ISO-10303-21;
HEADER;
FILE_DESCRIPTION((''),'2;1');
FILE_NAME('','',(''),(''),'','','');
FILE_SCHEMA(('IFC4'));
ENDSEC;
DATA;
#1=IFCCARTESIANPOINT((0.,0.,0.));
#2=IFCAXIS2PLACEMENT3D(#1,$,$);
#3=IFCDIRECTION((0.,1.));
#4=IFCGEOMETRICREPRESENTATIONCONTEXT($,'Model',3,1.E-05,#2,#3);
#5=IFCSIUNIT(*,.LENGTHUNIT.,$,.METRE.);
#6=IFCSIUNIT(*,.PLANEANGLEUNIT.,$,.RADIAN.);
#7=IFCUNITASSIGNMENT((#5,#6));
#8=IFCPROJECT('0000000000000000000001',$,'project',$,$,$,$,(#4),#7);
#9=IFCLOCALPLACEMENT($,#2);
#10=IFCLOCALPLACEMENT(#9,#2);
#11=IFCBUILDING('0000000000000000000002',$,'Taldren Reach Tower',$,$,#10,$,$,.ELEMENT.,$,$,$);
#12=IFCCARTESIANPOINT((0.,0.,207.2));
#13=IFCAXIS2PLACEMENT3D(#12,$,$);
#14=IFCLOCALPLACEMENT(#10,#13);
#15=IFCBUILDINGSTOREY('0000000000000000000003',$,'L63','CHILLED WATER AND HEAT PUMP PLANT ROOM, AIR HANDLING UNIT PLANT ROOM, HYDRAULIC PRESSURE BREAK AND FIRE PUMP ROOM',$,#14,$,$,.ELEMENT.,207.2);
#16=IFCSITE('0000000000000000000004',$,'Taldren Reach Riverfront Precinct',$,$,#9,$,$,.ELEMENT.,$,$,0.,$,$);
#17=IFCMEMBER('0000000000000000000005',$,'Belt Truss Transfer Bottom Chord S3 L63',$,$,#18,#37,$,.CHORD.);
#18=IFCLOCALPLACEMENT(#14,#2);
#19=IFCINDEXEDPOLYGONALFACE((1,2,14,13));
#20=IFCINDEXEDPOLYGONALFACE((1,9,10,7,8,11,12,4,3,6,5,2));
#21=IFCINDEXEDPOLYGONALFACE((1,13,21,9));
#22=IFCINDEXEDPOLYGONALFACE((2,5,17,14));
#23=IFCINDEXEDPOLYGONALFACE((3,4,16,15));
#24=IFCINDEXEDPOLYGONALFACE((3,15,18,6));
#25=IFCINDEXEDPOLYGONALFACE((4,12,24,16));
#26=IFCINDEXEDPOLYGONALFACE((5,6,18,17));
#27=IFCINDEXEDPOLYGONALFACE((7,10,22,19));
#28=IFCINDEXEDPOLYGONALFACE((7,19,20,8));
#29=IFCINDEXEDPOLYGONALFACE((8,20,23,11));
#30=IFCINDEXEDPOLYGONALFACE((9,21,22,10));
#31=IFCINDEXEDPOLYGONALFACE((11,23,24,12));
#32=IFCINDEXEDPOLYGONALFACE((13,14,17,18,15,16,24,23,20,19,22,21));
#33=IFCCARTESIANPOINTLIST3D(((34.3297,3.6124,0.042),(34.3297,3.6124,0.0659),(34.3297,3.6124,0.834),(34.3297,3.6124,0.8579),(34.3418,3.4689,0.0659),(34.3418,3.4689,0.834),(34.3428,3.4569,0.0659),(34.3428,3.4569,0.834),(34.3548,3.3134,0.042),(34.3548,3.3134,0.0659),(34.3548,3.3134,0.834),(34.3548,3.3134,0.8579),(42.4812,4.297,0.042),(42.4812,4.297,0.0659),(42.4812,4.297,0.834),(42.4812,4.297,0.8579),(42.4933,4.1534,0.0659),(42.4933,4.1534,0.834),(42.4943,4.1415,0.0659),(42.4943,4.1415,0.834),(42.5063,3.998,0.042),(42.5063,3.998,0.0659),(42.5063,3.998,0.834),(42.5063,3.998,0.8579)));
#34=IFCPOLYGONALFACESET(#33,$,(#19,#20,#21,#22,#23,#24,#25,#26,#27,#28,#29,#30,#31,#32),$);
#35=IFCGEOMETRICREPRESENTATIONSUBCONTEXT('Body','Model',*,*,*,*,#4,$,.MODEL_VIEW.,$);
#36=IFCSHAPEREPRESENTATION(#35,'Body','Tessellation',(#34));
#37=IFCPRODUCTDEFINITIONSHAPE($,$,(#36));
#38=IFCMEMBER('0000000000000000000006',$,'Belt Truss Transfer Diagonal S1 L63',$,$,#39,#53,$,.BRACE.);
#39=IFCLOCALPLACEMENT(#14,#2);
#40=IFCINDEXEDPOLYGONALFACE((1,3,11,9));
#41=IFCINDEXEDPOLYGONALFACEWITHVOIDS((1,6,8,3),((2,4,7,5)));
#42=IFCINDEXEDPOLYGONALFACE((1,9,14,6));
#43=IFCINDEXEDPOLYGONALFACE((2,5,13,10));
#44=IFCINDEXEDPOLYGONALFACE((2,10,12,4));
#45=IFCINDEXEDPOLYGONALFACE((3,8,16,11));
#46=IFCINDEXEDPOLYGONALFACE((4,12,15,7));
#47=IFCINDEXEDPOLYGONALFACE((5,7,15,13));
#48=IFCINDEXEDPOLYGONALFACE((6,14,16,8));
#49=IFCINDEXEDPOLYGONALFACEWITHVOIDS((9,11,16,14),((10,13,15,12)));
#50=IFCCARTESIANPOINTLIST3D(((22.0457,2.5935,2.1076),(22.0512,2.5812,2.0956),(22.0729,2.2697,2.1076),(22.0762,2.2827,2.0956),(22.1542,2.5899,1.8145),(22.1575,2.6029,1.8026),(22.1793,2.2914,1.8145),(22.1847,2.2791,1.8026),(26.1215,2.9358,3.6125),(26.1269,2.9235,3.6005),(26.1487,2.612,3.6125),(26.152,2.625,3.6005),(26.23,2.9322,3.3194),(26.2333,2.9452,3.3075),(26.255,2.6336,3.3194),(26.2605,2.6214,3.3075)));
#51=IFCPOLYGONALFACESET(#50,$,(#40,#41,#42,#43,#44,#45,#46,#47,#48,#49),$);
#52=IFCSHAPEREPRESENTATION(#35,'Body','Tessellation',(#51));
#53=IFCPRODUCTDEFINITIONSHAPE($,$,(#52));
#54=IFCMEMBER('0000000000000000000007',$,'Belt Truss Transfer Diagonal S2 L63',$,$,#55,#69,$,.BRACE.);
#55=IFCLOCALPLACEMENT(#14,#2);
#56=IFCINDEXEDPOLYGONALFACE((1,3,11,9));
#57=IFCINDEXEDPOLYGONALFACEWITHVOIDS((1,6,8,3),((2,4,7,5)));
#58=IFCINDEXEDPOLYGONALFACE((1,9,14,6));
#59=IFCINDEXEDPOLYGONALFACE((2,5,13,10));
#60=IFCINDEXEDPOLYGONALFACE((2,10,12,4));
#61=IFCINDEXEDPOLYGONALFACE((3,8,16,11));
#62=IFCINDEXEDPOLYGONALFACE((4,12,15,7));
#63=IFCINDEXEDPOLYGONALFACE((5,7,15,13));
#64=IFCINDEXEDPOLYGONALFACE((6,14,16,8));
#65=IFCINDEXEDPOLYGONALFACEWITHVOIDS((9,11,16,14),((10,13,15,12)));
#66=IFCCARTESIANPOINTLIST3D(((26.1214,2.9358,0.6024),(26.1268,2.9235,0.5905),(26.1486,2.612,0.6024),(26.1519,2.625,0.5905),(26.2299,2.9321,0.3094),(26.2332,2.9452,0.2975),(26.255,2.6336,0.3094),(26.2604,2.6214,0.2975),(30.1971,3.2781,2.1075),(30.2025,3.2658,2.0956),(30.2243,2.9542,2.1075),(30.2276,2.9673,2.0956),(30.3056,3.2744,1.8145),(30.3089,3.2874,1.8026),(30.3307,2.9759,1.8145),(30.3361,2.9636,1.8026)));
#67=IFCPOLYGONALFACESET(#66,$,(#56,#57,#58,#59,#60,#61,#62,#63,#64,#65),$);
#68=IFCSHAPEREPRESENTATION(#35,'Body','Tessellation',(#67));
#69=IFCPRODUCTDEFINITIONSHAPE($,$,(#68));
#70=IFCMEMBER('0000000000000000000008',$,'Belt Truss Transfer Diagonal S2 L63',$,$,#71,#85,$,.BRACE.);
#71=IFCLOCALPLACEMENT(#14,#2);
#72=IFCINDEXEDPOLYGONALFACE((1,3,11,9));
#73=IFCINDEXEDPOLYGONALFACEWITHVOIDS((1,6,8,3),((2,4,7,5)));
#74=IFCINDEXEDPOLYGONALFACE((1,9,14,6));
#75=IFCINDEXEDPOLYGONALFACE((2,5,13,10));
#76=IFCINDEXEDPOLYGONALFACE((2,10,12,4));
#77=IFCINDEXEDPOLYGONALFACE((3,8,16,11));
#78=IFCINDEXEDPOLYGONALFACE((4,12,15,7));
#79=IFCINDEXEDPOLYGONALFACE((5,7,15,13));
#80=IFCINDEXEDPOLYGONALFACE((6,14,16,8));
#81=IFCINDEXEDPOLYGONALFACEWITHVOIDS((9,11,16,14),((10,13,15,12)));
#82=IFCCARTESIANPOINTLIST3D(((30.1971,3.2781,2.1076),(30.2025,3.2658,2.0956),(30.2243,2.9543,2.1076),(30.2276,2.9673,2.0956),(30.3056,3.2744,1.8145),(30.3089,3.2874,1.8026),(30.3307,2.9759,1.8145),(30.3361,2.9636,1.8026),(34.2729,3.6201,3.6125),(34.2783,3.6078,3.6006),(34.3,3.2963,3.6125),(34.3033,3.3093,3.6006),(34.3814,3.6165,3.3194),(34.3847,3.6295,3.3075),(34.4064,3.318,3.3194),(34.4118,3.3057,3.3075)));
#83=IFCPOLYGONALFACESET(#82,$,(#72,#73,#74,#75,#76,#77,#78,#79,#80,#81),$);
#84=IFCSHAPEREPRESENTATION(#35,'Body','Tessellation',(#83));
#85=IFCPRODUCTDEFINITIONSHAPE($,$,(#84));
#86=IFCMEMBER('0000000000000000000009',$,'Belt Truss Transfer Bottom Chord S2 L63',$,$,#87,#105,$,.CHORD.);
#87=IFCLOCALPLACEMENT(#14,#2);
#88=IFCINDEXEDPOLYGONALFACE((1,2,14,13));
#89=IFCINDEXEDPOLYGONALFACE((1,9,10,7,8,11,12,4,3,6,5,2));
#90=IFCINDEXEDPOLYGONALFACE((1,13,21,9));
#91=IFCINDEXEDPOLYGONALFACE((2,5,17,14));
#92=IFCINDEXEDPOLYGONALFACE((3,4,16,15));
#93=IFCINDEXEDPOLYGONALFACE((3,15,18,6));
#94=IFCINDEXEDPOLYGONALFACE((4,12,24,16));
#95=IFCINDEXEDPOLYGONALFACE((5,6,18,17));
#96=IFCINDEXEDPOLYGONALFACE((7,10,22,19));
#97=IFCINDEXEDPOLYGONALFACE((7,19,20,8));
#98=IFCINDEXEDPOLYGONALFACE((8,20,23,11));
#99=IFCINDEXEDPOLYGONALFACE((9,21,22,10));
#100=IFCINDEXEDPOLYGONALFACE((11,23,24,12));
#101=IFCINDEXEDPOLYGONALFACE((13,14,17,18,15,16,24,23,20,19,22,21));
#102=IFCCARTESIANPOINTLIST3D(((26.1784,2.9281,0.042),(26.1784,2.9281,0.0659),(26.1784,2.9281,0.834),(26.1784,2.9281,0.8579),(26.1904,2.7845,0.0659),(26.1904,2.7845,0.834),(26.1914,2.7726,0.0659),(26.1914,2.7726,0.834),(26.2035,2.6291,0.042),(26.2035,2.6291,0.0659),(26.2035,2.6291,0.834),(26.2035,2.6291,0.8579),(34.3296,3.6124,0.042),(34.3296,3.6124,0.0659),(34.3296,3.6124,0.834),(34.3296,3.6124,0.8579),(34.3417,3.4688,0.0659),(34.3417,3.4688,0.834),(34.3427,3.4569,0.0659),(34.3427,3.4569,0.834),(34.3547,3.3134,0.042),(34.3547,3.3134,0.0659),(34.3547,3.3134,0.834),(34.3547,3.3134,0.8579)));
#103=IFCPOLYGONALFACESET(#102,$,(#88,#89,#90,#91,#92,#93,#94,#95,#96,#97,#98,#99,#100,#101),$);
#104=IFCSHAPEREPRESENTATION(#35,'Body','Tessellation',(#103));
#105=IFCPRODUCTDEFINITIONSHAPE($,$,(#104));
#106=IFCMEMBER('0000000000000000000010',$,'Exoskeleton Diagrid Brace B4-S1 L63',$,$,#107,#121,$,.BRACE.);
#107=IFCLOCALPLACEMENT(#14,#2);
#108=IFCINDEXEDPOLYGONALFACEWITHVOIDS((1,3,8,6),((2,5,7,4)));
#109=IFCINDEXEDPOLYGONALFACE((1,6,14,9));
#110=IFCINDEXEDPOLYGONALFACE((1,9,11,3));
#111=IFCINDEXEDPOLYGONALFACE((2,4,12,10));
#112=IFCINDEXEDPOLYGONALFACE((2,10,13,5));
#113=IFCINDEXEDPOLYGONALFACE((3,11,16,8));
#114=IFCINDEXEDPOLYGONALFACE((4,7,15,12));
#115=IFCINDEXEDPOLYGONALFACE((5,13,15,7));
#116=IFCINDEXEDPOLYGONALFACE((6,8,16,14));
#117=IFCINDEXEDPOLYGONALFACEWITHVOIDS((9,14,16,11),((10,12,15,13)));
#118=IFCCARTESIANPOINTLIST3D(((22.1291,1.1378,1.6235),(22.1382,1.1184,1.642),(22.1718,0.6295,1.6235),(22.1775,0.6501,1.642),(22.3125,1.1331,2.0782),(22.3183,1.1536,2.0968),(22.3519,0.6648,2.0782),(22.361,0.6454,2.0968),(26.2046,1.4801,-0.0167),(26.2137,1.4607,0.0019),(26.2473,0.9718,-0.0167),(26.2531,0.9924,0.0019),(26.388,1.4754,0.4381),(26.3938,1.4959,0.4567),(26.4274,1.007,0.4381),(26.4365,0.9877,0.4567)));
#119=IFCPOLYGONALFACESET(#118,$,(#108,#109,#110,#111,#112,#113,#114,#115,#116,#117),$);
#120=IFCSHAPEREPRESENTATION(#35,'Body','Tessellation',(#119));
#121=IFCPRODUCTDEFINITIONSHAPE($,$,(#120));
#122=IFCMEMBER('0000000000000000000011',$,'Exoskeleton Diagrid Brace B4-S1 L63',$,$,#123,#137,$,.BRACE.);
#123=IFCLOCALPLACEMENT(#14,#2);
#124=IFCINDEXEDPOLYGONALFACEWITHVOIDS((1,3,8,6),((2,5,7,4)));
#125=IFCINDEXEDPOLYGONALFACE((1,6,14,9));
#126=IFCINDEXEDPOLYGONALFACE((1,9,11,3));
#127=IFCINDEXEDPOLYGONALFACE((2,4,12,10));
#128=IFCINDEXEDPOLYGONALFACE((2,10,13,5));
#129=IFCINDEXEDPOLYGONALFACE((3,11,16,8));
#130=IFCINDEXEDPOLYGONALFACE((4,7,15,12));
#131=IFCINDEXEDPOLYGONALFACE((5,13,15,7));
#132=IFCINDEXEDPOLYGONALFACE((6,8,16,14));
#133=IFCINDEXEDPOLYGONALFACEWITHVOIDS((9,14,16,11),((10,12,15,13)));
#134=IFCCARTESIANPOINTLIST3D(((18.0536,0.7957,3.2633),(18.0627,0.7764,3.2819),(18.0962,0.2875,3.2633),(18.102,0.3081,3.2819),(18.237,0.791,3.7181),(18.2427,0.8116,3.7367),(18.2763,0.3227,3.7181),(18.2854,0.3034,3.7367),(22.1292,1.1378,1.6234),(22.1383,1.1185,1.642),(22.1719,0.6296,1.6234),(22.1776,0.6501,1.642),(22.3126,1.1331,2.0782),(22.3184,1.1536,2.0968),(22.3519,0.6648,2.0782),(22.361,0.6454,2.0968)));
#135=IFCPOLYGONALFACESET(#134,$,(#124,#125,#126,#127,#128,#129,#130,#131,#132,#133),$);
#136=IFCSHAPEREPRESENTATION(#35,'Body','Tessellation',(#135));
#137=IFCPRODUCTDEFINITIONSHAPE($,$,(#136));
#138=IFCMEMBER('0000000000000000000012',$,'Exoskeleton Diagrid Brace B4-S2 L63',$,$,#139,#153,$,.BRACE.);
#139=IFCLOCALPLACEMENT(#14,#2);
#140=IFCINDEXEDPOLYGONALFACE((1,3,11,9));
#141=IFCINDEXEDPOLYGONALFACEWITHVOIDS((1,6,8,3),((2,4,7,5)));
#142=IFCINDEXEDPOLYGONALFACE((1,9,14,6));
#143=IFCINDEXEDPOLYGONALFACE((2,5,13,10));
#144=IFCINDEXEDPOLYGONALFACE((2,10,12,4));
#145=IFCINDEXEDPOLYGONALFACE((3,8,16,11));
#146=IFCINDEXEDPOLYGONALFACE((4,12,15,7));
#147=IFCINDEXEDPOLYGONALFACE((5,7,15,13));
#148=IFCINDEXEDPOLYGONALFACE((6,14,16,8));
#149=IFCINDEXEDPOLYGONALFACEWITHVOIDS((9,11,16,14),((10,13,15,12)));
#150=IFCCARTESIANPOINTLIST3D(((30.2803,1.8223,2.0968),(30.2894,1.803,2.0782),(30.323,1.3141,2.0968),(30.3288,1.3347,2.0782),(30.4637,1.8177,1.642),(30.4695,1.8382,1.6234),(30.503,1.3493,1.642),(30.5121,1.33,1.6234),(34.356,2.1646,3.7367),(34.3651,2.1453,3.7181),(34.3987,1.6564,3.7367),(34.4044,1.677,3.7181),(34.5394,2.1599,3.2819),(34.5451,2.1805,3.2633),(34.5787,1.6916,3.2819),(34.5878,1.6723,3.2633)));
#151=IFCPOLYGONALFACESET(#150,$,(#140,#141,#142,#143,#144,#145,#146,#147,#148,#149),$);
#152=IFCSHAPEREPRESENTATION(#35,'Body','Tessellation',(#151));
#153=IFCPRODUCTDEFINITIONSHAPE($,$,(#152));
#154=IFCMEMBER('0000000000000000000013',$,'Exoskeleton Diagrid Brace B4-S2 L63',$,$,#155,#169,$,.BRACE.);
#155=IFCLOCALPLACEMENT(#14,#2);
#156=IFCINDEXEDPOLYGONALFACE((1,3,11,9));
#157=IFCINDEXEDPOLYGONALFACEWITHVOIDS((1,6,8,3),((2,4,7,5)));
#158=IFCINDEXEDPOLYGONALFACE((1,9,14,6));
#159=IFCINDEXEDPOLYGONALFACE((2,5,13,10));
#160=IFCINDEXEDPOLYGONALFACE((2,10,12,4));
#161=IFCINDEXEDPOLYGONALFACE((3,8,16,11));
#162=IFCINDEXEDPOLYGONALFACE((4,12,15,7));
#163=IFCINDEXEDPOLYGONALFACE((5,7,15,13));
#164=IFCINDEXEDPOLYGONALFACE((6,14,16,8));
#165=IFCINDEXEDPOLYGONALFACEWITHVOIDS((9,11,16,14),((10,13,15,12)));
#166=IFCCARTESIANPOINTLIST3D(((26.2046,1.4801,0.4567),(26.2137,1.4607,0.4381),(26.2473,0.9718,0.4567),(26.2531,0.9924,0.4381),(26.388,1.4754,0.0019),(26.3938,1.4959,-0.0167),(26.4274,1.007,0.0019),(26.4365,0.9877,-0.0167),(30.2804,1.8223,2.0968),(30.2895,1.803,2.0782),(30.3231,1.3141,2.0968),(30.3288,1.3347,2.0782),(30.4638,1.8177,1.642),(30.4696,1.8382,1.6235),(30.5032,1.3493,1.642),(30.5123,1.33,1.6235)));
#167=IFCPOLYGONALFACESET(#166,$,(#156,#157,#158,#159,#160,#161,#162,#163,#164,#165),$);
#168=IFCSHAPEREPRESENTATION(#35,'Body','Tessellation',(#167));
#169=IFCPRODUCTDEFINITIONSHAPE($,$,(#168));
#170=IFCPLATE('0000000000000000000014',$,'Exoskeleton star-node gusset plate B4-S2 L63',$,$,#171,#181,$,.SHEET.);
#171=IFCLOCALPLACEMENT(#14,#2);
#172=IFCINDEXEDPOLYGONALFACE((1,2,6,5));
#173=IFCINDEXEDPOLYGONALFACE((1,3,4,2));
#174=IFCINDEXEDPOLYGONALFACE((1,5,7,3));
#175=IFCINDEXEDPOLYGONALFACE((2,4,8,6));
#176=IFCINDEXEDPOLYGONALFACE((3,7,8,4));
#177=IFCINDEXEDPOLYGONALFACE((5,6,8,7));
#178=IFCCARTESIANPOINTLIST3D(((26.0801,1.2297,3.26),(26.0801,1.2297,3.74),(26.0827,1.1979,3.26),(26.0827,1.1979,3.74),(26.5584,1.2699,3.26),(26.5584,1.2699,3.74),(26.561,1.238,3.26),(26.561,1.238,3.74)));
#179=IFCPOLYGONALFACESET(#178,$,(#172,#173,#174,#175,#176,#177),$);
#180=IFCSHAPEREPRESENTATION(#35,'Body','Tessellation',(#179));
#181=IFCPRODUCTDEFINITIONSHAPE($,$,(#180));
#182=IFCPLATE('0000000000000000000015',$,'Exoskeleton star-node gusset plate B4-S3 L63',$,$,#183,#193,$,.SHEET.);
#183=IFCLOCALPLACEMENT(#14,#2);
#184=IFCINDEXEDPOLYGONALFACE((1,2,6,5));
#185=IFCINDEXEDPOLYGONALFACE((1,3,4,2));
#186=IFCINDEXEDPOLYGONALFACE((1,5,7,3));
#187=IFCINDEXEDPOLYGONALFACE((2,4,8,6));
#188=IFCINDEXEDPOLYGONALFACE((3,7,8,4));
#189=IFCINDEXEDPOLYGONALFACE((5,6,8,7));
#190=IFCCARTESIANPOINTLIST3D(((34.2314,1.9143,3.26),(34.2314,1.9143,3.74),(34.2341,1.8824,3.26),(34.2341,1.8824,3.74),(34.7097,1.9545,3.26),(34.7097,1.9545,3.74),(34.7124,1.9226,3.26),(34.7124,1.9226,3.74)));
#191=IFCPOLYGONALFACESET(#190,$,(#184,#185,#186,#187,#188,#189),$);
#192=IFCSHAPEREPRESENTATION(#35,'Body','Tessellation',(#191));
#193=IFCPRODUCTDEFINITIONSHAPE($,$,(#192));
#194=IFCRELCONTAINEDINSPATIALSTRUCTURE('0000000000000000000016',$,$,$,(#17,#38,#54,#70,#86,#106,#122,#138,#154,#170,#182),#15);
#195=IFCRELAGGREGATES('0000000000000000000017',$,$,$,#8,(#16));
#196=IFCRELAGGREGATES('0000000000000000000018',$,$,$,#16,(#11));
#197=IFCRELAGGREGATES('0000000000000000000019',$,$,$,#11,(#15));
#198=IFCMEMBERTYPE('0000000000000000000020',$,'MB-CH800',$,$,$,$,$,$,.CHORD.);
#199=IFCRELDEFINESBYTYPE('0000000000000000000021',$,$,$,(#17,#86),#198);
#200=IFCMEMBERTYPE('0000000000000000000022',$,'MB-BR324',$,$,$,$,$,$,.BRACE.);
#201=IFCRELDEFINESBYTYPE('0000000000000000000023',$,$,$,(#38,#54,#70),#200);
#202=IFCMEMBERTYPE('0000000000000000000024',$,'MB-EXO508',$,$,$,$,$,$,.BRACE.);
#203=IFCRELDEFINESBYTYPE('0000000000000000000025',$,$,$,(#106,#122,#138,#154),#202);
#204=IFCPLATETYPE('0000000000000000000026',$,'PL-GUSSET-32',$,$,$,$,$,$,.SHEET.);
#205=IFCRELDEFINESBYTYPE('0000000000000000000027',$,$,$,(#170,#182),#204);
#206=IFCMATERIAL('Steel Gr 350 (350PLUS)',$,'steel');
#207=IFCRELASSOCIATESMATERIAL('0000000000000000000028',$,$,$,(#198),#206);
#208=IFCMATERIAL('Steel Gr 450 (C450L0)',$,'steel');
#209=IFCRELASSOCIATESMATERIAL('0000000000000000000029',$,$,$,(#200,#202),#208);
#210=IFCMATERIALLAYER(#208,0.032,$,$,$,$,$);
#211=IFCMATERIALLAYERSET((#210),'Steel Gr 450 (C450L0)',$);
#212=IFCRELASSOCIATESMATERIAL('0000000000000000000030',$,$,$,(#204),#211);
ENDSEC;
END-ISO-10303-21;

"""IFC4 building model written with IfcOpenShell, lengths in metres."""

from ifc_helpers import new_model, si_unit, direction, frame, origin, origin_2d, place, context, subcontext, project, spatial, rectangle, hollow_rectangle, i_section, extrude, source, transform, mapped, material, layer, layer_set, material_profile, profile_set, type_object, element, save


model = new_model("IFC4")

# Units and contexts
model_context = context("Model", 3, precision=1e-05, world=origin(), true_north=direction((0.0, 1.0)))
body_context = subcontext(model_context, "Body", "Model", "MODEL_VIEW")
ifc_project = project(units=[si_unit("LENGTHUNIT", "METRE"), si_unit("PLANEANGLEUNIT", "RADIAN")], contexts=[model_context])

# Site, building, storey
site_placement = place(None, origin())
site = spatial("IfcSite", under=ifc_project, at=site_placement, Name="Taldren Reach Riverfront Precinct", CompositionType="ELEMENT", RefElevation=0.0)
building_placement = place(site_placement, origin())
building = spatial("IfcBuilding", under=site, at=building_placement, Name="Taldren Reach Tower", CompositionType="ELEMENT")
storey_placement = place(building_placement, frame((0.0, 0.0, 207.2)))
storey = spatial("IfcBuildingStorey", under=building, at=storey_placement, Name="L63", Description="CHILLED WATER AND HEAT PUMP PLANT ROOM, AIR HANDLING UNIT PLANT ROOM, HYDRAULIC PRESSURE BREAK AND FIRE PUMP ROOM", CompositionType="ELEMENT", Elevation=207.2)

# Shared definitions
ifc_material_1 = material(Name="Steel Gr 350 (350PLUS)", Category="steel")

# Shared definitions
ifc_material_2 = material(Name="Steel Gr 450 (C450L0)", Category="steel")

# Members
ifc_material_profile_1 = material_profile(ifc_material_1, i_section(OverallWidth=0.3, OverallDepth=0.8159, WebThickness=0.012, FlangeThickness=0.0239, at=origin_2d()), Name="800WB192")
ifc_profile_set_1 = profile_set([ifc_material_profile_1], Name="Steel Gr 350 (350PLUS)")
member_type_1 = type_object("IfcMemberType", Name="MB-CH800", PredefinedType="CHORD", material=ifc_profile_set_1)
shared_shape_1 = source(origin(), body_context, "Body", "SweptSolid", [
    extrude(i_section(OverallWidth=0.3, OverallDepth=0.8159, WebThickness=0.012, FlangeThickness=0.0239, at=origin_2d()), origin(), (0.0, 0.0, 1.0), 8.1802),
])
member_1_placement = place(storey_placement, frame((34.3423, 3.4629, 0.45), z_axis=(0.996492, 0.083688, 0.0), x_axis=(-0.083688, 0.996492, 0.0)))
element("IfcMember", 1, at=member_1_placement, inside=storey, type_object=member_type_1, Name="Belt Truss Transfer Bottom Chord S3 L63", PredefinedType="CHORD", context=body_context, shape_type="MappedRepresentation", body=[
    mapped(shared_shape_1, transform((0.0, 0.0, 0.0), scale=1.0)),
])
ifc_material_profile_2 = material_profile(ifc_material_2, hollow_rectangle(XDim=0.325, YDim=0.325, WallThickness=0.0127, at=origin_2d()), Name="325x325x12.7SHS")
ifc_profile_set_2 = profile_set([ifc_material_profile_2], Name="Steel Gr 450 (C450L0)")
member_type_2 = type_object("IfcMemberType", Name="MB-BR324", PredefinedType="BRACE", material=ifc_profile_set_2)
shared_shape_2 = source(origin(), body_context, "Body", "SweptSolid", [
    extrude(hollow_rectangle(XDim=0.325, YDim=0.325, WallThickness=0.0127, at=origin_2d()), origin(), (0.0, 0.0, 1.0), 4.3582),
])
for number, where, z_axis, x_axis, name in (
    (2, (22.1152, 2.4363, 1.9551), (0.935198, 0.07854, 0.345307), (-0.083688, 0.996492, 0.0), "Belt Truss Transfer Diagonal S1 L63"),
    (3, (26.1909, 2.7786, 0.45), (0.935179, 0.078538, 0.345356), (-0.083688, 0.996492, 0.0), "Belt Truss Transfer Diagonal S2 L63"),
    (4, (30.2666, 3.1208, 1.9551), (0.935202, 0.078484, 0.345309), (-0.083628, 0.996497, 0.0), "Belt Truss Transfer Diagonal S2 L63"),
):
    element("IfcMember", number, at=place(storey_placement, frame(where, z_axis=z_axis, x_axis=x_axis)), inside=storey, type_object=member_type_2, Name=name, PredefinedType="BRACE", context=body_context, shape_type="MappedRepresentation", body=[
        mapped(shared_shape_2, transform((0.0, 0.0, 0.0), scale=1.0)),
    ])
shared_shape_3 = source(origin(), body_context, "Body", "SweptSolid", [
    extrude(i_section(OverallWidth=0.3, OverallDepth=0.8159, WebThickness=0.012, FlangeThickness=0.0239, at=origin_2d()), origin(), (0.0, 0.0, 1.0), 8.1799),
])
member_2_placement = place(storey_placement, frame((26.1909, 2.7786, 0.45), z_axis=(0.996495, 0.083658, 0.0), x_axis=(-0.083658, 0.996495, 0.0)))
element("IfcMember", 5, at=member_2_placement, inside=storey, type_object=member_type_1, Name="Belt Truss Transfer Bottom Chord S2 L63", PredefinedType="CHORD", context=body_context, shape_type="MappedRepresentation", body=[
    mapped(shared_shape_3, transform((0.0, 0.0, 0.0), scale=1.0)),
])
ifc_material_profile_3 = material_profile(ifc_material_2, hollow_rectangle(XDim=0.51, YDim=0.51, WallThickness=0.02, at=origin_2d()), Name="510x510x20.0SHS")
ifc_profile_set_3 = profile_set([ifc_material_profile_3], Name="Steel Gr 450 (C450L0)")
member_type_3 = type_object("IfcMemberType", Name="MB-EXO508", PredefinedType="BRACE", material=ifc_profile_set_3)
shared_shape_4 = source(origin(), body_context, "Body", "SweptSolid", [
    extrude(hollow_rectangle(XDim=0.51, YDim=0.51, WallThickness=0.02, at=origin_2d()), origin(), (0.0, 0.0, 1.0), 4.4065),
])
for number, where, z_axis, x_axis, name in (
    (6, (26.3206, 1.2339, 0.22), (-0.92489, -0.077679, 0.372216), (0.083693, -0.996492, 0.0), "Exoskeleton Diagrid Brace B4-S1 L63"),
    (7, (22.2451, 0.8916, 1.8601), (-0.924921, -0.077622, 0.372151), (0.083628, -0.996497, 0.0), "Exoskeleton Diagrid Brace B4-S1 L63"),
    (8, (30.3962, 1.5762, 1.8601), (0.924917, 0.077677, 0.37215), (-0.083688, 0.996492, 0.0), "Exoskeleton Diagrid Brace B4-S2 L63"),
):
    element("IfcMember", number, at=place(storey_placement, frame(where, z_axis=z_axis, x_axis=x_axis)), inside=storey, type_object=member_type_3, Name=name, PredefinedType="BRACE", context=body_context, shape_type="MappedRepresentation", body=[
        mapped(shared_shape_4, transform((0.0, 0.0, 0.0), scale=1.0)),
    ])
shared_shape_5 = source(origin(), body_context, "Body", "SweptSolid", [
    extrude(hollow_rectangle(XDim=0.51, YDim=0.51, WallThickness=0.02, at=origin_2d()), origin(), (0.0, 0.0, 1.0), 4.4067),
])
member_3_placement = place(storey_placement, frame((26.3206, 1.2339, 0.22), z_axis=(0.924898, 0.077675, 0.372197), x_axis=(-0.083688, 0.996492, 0.0)))
element("IfcMember", 9, at=member_3_placement, inside=storey, type_object=member_type_3, Name="Exoskeleton Diagrid Brace B4-S2 L63", PredefinedType="BRACE", context=body_context, shape_type="MappedRepresentation", body=[
    mapped(shared_shape_5, transform((0.0, 0.0, 0.0), scale=1.0)),
])

# Plates
ifc_layer_1 = layer(ifc_material_2, 0.032)
ifc_layer_set_1 = layer_set([ifc_layer_1], Name="Steel Gr 450 (C450L0)")
plate_type = type_object("IfcPlateType", Name="PL-GUSSET-32", PredefinedType="SHEET", material=ifc_layer_set_1)
shared_shape_6 = source(origin(), body_context, "Body", "SweptSolid", [
    extrude(rectangle(XDim=0.48, YDim=0.032, at=origin_2d()), origin(), (0.0, 0.0, 1.0), 0.48),
])
for number, where, z_axis, x_axis, name in (
    (10, (26.3206, 1.2339, 3.26), (0.0, 0.0, 1.0), (0.996493, 0.083678, 0.0), "Exoskeleton star-node gusset plate B4-S2 L63"),
    (11, (34.4719, 1.9185, 3.26), (0.0, 0.0, 1.0), (0.996493, 0.083678, 0.0), "Exoskeleton star-node gusset plate B4-S3 L63"),
):
    element("IfcPlate", number, at=place(storey_placement, frame(where, z_axis=z_axis, x_axis=x_axis)), inside=storey, type_object=plate_type, Name=name, PredefinedType="SHEET", context=body_context, shape_type="MappedRepresentation", body=[
        mapped(shared_shape_6, transform((0.0, 0.0, 0.0), scale=1.0)),
    ])

save(model, "model.ifc")
